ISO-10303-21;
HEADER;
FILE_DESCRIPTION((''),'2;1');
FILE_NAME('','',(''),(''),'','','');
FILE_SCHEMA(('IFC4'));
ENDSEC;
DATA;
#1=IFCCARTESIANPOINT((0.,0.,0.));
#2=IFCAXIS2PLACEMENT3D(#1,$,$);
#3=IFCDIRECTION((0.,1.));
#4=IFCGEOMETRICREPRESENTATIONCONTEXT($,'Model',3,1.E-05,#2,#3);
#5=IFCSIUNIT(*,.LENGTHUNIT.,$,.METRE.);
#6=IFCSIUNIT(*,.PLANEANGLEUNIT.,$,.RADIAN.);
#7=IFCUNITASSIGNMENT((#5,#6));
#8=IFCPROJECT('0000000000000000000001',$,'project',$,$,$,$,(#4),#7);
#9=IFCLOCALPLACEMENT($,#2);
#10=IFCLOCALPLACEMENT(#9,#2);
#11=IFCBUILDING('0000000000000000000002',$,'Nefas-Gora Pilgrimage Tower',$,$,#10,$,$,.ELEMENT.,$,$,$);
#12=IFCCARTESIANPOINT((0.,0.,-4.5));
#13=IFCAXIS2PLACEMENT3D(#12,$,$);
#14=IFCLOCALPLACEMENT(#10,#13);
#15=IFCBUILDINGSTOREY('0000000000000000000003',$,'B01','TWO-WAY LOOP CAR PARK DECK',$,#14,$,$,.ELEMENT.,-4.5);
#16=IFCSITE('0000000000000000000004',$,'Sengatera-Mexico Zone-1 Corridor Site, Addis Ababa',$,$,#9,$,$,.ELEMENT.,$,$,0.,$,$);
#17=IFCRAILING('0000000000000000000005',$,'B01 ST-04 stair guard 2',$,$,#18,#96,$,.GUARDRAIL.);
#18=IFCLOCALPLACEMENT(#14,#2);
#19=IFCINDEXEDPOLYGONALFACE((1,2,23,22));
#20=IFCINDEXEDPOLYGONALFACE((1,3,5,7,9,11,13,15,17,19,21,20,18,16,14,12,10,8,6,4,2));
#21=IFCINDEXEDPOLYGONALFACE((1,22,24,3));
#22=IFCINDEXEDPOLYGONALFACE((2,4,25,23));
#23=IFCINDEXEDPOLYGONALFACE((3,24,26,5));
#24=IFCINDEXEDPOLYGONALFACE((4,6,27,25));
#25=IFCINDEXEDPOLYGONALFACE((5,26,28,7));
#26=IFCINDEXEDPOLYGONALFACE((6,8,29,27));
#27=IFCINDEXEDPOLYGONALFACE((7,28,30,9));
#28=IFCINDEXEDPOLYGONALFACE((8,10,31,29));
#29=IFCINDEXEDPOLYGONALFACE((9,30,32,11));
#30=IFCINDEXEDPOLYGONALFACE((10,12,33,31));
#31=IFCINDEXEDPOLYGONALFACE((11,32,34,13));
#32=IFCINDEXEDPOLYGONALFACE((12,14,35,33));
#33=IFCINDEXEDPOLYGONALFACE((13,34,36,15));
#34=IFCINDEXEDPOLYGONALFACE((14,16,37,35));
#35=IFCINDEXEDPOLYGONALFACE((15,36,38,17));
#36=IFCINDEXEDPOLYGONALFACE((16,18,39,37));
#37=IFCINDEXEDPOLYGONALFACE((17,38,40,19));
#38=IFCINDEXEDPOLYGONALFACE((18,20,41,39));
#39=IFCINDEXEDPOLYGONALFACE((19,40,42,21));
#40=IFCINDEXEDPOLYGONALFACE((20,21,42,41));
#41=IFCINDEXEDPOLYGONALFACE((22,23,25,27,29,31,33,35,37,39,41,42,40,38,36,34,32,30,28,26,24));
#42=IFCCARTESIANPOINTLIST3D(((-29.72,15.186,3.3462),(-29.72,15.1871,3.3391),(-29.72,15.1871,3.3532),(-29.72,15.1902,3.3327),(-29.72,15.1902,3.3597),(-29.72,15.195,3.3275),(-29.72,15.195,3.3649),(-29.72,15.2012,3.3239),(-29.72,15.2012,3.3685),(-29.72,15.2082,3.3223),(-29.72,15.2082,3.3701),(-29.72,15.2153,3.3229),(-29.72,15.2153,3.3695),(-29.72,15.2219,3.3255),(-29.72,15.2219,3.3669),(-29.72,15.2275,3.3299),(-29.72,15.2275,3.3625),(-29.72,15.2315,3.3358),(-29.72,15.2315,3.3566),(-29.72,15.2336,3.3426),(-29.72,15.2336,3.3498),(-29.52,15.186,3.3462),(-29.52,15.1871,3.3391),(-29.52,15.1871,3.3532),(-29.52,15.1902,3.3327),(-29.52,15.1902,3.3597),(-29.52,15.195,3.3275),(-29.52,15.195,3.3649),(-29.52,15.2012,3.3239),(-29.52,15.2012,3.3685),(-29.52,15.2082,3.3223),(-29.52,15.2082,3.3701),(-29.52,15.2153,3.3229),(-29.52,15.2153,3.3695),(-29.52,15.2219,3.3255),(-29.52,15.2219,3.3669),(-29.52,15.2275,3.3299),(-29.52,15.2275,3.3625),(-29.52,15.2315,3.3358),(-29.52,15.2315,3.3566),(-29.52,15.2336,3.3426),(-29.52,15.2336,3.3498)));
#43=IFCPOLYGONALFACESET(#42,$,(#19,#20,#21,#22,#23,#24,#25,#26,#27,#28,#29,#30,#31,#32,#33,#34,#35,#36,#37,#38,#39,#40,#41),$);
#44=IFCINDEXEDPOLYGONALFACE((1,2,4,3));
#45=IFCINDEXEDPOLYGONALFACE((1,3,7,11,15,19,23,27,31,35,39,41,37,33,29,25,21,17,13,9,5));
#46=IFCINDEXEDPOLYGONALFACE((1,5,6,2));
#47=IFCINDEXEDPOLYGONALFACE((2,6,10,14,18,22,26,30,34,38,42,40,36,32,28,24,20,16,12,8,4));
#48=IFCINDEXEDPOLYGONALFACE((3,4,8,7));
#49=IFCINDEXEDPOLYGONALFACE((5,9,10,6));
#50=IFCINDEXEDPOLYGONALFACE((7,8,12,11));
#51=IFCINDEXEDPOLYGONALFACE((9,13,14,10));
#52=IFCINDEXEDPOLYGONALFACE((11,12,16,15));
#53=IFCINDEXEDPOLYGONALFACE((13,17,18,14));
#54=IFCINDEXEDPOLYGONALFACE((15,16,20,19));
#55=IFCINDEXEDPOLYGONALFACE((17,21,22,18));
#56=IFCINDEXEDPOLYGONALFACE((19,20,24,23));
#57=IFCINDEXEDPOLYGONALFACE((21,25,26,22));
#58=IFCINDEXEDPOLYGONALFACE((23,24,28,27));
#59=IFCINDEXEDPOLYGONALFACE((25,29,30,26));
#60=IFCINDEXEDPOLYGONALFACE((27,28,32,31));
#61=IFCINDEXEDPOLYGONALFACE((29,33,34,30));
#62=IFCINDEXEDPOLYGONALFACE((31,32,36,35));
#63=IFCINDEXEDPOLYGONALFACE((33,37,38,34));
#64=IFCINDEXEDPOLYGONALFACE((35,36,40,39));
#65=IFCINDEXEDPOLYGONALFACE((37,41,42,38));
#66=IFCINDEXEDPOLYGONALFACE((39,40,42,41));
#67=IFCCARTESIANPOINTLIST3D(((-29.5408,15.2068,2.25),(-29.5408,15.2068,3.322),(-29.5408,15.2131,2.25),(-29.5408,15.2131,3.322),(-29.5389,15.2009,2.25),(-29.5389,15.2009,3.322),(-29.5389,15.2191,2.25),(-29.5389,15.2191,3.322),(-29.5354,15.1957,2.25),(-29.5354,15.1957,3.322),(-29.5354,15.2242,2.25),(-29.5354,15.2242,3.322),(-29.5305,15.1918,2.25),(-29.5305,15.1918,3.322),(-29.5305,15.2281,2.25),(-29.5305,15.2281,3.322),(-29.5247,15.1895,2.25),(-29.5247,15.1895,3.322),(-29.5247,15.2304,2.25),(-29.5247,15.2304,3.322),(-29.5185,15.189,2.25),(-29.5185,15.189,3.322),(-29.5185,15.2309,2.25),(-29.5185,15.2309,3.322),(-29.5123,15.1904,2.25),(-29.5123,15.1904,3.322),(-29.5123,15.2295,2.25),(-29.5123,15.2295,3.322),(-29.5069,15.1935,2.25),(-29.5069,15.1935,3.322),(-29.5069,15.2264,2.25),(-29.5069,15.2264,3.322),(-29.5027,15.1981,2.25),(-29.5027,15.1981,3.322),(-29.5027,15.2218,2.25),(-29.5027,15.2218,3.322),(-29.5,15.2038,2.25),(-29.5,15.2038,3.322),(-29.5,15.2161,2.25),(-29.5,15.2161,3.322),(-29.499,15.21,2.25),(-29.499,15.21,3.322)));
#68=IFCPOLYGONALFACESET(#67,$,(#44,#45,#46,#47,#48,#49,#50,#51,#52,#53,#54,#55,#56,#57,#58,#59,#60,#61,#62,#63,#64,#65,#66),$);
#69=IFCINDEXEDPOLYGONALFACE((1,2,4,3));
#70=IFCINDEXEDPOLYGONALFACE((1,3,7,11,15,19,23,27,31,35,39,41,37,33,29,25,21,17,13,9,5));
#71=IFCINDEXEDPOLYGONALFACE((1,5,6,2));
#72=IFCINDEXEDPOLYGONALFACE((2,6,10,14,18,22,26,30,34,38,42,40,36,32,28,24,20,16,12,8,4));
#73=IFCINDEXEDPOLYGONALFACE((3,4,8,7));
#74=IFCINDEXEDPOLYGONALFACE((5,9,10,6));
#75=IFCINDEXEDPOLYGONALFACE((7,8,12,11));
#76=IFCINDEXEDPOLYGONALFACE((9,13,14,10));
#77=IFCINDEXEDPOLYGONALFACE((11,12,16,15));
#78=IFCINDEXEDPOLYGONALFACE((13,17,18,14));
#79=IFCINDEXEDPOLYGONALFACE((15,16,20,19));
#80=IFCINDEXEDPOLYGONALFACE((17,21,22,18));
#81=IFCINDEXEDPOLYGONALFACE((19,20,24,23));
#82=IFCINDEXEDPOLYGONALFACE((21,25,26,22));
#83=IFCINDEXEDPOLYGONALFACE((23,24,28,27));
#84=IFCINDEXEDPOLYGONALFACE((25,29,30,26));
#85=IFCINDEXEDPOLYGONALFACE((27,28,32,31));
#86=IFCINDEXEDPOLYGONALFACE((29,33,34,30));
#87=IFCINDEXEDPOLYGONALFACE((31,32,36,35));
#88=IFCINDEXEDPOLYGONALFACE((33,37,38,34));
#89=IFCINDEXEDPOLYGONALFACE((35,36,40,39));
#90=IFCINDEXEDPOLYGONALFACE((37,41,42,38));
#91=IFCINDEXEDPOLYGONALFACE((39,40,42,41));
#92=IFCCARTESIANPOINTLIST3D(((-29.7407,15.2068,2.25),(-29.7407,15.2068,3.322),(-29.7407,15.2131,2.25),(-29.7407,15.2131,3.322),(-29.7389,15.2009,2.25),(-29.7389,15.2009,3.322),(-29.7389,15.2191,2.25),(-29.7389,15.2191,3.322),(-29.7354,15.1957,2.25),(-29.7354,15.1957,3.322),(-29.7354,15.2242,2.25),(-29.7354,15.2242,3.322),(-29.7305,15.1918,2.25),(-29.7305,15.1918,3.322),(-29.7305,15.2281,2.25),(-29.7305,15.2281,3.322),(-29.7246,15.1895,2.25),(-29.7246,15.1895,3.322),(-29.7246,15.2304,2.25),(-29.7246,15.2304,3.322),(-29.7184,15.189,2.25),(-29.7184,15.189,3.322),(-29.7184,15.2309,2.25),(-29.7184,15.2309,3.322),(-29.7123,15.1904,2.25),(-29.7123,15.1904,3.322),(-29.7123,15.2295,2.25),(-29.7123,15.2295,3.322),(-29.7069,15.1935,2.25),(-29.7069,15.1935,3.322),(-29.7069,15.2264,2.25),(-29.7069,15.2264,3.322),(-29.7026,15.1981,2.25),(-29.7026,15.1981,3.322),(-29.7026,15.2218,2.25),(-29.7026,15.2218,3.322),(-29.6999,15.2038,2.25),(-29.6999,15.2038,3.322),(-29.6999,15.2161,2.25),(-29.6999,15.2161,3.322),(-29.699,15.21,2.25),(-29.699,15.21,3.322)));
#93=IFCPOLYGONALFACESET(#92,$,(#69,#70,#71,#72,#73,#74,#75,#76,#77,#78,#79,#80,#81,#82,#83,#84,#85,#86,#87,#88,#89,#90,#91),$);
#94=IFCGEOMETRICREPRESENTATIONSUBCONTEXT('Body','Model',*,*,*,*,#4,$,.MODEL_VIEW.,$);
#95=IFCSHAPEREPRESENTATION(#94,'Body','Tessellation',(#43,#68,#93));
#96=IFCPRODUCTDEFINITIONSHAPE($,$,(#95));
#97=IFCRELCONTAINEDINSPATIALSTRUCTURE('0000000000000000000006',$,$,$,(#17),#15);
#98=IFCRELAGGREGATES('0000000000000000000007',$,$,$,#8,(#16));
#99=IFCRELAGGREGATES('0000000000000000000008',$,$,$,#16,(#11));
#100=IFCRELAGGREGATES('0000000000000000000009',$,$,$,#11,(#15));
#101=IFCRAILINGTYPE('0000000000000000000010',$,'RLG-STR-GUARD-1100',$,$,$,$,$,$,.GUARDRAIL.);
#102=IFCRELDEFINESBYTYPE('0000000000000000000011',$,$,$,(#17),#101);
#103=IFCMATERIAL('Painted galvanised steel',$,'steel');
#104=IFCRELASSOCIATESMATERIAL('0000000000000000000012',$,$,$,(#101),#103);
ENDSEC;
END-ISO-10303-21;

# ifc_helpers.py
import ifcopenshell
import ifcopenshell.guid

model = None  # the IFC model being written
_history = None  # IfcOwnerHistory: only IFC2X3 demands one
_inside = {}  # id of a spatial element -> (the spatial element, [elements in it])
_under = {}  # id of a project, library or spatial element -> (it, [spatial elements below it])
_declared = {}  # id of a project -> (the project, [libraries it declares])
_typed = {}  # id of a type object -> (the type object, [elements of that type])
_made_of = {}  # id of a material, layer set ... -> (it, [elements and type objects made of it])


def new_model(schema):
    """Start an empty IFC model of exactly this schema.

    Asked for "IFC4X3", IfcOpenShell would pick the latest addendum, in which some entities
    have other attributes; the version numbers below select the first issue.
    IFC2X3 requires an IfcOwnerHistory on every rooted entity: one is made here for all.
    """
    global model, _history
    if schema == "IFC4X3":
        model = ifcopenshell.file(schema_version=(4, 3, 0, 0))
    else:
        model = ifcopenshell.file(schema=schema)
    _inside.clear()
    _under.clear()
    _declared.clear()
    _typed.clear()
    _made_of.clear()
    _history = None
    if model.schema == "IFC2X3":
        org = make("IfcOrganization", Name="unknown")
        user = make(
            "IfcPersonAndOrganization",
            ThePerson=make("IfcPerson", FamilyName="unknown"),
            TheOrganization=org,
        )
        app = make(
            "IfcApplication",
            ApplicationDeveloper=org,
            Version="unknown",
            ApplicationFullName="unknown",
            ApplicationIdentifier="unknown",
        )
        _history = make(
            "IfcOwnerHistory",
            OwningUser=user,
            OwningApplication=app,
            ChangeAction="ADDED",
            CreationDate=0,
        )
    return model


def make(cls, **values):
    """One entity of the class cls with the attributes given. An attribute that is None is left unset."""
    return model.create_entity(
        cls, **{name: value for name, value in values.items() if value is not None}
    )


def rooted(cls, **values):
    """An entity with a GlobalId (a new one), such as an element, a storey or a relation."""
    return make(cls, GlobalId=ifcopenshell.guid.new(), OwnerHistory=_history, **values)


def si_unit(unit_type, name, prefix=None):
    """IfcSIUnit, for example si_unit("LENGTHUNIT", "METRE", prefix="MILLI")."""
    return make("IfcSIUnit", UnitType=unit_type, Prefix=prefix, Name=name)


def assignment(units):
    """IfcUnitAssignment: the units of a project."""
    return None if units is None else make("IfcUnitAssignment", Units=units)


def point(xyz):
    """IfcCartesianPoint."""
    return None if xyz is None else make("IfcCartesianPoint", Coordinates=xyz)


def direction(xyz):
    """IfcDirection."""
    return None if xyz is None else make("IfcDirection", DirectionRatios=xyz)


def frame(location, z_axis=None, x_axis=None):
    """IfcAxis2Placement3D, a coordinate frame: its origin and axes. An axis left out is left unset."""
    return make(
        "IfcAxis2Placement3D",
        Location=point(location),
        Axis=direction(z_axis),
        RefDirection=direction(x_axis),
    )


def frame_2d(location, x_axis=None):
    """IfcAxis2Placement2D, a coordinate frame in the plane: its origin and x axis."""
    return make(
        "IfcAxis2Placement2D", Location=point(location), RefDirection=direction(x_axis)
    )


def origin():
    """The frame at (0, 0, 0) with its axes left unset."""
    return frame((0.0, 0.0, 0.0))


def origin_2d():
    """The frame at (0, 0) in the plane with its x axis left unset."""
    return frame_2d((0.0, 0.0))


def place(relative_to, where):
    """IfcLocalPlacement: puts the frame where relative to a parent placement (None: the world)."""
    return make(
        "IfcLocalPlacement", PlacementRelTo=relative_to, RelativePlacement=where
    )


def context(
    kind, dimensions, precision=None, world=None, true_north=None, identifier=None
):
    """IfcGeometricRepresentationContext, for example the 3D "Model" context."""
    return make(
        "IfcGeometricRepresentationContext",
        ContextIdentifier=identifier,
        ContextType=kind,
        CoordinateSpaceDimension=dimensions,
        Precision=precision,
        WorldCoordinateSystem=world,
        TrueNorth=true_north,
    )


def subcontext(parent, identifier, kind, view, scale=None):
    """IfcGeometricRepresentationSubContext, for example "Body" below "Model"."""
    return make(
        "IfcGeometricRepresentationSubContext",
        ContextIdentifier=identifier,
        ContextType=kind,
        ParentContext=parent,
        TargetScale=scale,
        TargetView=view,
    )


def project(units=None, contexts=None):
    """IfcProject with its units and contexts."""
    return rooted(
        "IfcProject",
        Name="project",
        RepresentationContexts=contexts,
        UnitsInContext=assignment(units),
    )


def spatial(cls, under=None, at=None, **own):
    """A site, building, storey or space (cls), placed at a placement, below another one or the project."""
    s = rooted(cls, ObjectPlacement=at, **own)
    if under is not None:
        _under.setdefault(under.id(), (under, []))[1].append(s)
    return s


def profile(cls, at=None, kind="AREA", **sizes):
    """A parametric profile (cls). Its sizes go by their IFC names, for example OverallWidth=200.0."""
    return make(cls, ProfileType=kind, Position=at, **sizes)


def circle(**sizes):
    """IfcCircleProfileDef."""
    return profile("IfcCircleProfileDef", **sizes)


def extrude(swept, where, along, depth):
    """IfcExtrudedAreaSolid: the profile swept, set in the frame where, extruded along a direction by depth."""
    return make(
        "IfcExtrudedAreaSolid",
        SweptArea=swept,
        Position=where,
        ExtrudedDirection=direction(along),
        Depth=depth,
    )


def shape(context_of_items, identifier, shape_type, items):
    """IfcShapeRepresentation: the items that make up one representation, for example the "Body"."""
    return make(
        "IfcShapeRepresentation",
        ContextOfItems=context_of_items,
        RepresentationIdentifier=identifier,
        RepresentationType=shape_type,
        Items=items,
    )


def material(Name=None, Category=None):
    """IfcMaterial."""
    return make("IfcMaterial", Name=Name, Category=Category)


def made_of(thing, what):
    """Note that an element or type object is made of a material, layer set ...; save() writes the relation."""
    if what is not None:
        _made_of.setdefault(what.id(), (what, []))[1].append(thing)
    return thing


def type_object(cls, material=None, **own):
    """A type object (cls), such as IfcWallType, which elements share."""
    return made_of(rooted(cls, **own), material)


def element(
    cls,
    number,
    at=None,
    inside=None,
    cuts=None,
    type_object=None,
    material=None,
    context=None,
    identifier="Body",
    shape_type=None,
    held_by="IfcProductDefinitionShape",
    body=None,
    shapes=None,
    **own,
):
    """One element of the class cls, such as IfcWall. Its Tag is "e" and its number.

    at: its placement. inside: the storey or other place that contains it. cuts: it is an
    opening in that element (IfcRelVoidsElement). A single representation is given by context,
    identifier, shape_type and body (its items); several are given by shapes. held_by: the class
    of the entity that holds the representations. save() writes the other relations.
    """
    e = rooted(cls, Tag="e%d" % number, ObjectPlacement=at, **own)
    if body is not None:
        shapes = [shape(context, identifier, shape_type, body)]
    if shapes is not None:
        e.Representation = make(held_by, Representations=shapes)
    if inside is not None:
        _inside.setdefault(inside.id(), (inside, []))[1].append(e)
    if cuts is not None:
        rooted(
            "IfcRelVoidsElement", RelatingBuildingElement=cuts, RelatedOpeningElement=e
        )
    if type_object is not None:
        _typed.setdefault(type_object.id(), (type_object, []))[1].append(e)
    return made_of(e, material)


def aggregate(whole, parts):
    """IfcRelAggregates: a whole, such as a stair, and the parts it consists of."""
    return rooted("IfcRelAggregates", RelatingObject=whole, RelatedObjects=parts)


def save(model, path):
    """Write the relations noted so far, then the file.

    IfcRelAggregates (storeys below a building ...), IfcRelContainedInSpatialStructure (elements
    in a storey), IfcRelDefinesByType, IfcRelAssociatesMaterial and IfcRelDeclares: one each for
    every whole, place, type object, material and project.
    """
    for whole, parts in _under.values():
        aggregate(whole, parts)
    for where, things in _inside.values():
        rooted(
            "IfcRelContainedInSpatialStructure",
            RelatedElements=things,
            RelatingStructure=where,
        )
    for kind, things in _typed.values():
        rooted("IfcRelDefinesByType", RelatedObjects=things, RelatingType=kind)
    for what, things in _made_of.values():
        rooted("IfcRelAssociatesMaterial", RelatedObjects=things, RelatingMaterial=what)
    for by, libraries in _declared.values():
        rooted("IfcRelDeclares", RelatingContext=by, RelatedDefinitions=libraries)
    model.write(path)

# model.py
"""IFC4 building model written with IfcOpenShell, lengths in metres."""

from ifc_helpers import new_model, si_unit, direction, frame, origin, origin_2d, place, context, subcontext, project, spatial, circle, extrude, material, type_object, element, save


model = new_model("IFC4")

# Units and contexts
model_context = context("Model", 3, precision=1e-05, world=origin(), true_north=direction((0.0, 1.0)))
body_context = subcontext(model_context, "Body", "Model", "MODEL_VIEW")
ifc_project = project(units=[si_unit("LENGTHUNIT", "METRE"), si_unit("PLANEANGLEUNIT", "RADIAN")], contexts=[model_context])

# Site, building, storey
site_placement = place(None, origin())
site = spatial("IfcSite", under=ifc_project, at=site_placement, Name="Sengatera-Mexico Zone-1 Corridor Site, Addis Ababa", CompositionType="ELEMENT", RefElevation=0.0)
building_placement = place(site_placement, origin())
building = spatial("IfcBuilding", under=site, at=building_placement, Name="Nefas-Gora Pilgrimage Tower", CompositionType="ELEMENT")
storey_placement = place(building_placement, frame((0.0, 0.0, -4.5)))
storey = spatial("IfcBuildingStorey", under=building, at=storey_placement, Name="B01", Description="TWO-WAY LOOP CAR PARK DECK", CompositionType="ELEMENT", Elevation=-4.5)

# Railing
ifc_material_1 = material(Name="Painted galvanised steel", Category="steel")
railing_type_1 = type_object("IfcRailingType", Name="RLG-STR-GUARD-1100", PredefinedType="GUARDRAIL", material=ifc_material_1)
railing_1_placement = place(storey_placement, frame((-29.52, 15.21, 2.25)))
element("IfcRailing", 1, at=railing_1_placement, inside=storey, type_object=railing_type_1, Name="B01 ST-04 stair guard 2", PredefinedType="GUARDRAIL", context=body_context, shape_type="SweptSolid", body=[
    extrude(circle(Radius=0.0239, at=origin_2d()), frame((0.0, 0.0, 1.0962), z_axis=(-1.0, 0.0, 0.0), x_axis=(0.0, -1.0, 0.0)), (0.0, 0.0, 1.0), 0.2),
    extrude(circle(Radius=0.021, at=origin_2d()), origin(), (0.0, 0.0, 1.0), 1.072),
    extrude(circle(Radius=0.021, at=origin_2d()), frame((-0.2, 0.0, 0.0)), (0.0, 0.0, 1.0), 1.072),
])

save(model, "model.ifc")
